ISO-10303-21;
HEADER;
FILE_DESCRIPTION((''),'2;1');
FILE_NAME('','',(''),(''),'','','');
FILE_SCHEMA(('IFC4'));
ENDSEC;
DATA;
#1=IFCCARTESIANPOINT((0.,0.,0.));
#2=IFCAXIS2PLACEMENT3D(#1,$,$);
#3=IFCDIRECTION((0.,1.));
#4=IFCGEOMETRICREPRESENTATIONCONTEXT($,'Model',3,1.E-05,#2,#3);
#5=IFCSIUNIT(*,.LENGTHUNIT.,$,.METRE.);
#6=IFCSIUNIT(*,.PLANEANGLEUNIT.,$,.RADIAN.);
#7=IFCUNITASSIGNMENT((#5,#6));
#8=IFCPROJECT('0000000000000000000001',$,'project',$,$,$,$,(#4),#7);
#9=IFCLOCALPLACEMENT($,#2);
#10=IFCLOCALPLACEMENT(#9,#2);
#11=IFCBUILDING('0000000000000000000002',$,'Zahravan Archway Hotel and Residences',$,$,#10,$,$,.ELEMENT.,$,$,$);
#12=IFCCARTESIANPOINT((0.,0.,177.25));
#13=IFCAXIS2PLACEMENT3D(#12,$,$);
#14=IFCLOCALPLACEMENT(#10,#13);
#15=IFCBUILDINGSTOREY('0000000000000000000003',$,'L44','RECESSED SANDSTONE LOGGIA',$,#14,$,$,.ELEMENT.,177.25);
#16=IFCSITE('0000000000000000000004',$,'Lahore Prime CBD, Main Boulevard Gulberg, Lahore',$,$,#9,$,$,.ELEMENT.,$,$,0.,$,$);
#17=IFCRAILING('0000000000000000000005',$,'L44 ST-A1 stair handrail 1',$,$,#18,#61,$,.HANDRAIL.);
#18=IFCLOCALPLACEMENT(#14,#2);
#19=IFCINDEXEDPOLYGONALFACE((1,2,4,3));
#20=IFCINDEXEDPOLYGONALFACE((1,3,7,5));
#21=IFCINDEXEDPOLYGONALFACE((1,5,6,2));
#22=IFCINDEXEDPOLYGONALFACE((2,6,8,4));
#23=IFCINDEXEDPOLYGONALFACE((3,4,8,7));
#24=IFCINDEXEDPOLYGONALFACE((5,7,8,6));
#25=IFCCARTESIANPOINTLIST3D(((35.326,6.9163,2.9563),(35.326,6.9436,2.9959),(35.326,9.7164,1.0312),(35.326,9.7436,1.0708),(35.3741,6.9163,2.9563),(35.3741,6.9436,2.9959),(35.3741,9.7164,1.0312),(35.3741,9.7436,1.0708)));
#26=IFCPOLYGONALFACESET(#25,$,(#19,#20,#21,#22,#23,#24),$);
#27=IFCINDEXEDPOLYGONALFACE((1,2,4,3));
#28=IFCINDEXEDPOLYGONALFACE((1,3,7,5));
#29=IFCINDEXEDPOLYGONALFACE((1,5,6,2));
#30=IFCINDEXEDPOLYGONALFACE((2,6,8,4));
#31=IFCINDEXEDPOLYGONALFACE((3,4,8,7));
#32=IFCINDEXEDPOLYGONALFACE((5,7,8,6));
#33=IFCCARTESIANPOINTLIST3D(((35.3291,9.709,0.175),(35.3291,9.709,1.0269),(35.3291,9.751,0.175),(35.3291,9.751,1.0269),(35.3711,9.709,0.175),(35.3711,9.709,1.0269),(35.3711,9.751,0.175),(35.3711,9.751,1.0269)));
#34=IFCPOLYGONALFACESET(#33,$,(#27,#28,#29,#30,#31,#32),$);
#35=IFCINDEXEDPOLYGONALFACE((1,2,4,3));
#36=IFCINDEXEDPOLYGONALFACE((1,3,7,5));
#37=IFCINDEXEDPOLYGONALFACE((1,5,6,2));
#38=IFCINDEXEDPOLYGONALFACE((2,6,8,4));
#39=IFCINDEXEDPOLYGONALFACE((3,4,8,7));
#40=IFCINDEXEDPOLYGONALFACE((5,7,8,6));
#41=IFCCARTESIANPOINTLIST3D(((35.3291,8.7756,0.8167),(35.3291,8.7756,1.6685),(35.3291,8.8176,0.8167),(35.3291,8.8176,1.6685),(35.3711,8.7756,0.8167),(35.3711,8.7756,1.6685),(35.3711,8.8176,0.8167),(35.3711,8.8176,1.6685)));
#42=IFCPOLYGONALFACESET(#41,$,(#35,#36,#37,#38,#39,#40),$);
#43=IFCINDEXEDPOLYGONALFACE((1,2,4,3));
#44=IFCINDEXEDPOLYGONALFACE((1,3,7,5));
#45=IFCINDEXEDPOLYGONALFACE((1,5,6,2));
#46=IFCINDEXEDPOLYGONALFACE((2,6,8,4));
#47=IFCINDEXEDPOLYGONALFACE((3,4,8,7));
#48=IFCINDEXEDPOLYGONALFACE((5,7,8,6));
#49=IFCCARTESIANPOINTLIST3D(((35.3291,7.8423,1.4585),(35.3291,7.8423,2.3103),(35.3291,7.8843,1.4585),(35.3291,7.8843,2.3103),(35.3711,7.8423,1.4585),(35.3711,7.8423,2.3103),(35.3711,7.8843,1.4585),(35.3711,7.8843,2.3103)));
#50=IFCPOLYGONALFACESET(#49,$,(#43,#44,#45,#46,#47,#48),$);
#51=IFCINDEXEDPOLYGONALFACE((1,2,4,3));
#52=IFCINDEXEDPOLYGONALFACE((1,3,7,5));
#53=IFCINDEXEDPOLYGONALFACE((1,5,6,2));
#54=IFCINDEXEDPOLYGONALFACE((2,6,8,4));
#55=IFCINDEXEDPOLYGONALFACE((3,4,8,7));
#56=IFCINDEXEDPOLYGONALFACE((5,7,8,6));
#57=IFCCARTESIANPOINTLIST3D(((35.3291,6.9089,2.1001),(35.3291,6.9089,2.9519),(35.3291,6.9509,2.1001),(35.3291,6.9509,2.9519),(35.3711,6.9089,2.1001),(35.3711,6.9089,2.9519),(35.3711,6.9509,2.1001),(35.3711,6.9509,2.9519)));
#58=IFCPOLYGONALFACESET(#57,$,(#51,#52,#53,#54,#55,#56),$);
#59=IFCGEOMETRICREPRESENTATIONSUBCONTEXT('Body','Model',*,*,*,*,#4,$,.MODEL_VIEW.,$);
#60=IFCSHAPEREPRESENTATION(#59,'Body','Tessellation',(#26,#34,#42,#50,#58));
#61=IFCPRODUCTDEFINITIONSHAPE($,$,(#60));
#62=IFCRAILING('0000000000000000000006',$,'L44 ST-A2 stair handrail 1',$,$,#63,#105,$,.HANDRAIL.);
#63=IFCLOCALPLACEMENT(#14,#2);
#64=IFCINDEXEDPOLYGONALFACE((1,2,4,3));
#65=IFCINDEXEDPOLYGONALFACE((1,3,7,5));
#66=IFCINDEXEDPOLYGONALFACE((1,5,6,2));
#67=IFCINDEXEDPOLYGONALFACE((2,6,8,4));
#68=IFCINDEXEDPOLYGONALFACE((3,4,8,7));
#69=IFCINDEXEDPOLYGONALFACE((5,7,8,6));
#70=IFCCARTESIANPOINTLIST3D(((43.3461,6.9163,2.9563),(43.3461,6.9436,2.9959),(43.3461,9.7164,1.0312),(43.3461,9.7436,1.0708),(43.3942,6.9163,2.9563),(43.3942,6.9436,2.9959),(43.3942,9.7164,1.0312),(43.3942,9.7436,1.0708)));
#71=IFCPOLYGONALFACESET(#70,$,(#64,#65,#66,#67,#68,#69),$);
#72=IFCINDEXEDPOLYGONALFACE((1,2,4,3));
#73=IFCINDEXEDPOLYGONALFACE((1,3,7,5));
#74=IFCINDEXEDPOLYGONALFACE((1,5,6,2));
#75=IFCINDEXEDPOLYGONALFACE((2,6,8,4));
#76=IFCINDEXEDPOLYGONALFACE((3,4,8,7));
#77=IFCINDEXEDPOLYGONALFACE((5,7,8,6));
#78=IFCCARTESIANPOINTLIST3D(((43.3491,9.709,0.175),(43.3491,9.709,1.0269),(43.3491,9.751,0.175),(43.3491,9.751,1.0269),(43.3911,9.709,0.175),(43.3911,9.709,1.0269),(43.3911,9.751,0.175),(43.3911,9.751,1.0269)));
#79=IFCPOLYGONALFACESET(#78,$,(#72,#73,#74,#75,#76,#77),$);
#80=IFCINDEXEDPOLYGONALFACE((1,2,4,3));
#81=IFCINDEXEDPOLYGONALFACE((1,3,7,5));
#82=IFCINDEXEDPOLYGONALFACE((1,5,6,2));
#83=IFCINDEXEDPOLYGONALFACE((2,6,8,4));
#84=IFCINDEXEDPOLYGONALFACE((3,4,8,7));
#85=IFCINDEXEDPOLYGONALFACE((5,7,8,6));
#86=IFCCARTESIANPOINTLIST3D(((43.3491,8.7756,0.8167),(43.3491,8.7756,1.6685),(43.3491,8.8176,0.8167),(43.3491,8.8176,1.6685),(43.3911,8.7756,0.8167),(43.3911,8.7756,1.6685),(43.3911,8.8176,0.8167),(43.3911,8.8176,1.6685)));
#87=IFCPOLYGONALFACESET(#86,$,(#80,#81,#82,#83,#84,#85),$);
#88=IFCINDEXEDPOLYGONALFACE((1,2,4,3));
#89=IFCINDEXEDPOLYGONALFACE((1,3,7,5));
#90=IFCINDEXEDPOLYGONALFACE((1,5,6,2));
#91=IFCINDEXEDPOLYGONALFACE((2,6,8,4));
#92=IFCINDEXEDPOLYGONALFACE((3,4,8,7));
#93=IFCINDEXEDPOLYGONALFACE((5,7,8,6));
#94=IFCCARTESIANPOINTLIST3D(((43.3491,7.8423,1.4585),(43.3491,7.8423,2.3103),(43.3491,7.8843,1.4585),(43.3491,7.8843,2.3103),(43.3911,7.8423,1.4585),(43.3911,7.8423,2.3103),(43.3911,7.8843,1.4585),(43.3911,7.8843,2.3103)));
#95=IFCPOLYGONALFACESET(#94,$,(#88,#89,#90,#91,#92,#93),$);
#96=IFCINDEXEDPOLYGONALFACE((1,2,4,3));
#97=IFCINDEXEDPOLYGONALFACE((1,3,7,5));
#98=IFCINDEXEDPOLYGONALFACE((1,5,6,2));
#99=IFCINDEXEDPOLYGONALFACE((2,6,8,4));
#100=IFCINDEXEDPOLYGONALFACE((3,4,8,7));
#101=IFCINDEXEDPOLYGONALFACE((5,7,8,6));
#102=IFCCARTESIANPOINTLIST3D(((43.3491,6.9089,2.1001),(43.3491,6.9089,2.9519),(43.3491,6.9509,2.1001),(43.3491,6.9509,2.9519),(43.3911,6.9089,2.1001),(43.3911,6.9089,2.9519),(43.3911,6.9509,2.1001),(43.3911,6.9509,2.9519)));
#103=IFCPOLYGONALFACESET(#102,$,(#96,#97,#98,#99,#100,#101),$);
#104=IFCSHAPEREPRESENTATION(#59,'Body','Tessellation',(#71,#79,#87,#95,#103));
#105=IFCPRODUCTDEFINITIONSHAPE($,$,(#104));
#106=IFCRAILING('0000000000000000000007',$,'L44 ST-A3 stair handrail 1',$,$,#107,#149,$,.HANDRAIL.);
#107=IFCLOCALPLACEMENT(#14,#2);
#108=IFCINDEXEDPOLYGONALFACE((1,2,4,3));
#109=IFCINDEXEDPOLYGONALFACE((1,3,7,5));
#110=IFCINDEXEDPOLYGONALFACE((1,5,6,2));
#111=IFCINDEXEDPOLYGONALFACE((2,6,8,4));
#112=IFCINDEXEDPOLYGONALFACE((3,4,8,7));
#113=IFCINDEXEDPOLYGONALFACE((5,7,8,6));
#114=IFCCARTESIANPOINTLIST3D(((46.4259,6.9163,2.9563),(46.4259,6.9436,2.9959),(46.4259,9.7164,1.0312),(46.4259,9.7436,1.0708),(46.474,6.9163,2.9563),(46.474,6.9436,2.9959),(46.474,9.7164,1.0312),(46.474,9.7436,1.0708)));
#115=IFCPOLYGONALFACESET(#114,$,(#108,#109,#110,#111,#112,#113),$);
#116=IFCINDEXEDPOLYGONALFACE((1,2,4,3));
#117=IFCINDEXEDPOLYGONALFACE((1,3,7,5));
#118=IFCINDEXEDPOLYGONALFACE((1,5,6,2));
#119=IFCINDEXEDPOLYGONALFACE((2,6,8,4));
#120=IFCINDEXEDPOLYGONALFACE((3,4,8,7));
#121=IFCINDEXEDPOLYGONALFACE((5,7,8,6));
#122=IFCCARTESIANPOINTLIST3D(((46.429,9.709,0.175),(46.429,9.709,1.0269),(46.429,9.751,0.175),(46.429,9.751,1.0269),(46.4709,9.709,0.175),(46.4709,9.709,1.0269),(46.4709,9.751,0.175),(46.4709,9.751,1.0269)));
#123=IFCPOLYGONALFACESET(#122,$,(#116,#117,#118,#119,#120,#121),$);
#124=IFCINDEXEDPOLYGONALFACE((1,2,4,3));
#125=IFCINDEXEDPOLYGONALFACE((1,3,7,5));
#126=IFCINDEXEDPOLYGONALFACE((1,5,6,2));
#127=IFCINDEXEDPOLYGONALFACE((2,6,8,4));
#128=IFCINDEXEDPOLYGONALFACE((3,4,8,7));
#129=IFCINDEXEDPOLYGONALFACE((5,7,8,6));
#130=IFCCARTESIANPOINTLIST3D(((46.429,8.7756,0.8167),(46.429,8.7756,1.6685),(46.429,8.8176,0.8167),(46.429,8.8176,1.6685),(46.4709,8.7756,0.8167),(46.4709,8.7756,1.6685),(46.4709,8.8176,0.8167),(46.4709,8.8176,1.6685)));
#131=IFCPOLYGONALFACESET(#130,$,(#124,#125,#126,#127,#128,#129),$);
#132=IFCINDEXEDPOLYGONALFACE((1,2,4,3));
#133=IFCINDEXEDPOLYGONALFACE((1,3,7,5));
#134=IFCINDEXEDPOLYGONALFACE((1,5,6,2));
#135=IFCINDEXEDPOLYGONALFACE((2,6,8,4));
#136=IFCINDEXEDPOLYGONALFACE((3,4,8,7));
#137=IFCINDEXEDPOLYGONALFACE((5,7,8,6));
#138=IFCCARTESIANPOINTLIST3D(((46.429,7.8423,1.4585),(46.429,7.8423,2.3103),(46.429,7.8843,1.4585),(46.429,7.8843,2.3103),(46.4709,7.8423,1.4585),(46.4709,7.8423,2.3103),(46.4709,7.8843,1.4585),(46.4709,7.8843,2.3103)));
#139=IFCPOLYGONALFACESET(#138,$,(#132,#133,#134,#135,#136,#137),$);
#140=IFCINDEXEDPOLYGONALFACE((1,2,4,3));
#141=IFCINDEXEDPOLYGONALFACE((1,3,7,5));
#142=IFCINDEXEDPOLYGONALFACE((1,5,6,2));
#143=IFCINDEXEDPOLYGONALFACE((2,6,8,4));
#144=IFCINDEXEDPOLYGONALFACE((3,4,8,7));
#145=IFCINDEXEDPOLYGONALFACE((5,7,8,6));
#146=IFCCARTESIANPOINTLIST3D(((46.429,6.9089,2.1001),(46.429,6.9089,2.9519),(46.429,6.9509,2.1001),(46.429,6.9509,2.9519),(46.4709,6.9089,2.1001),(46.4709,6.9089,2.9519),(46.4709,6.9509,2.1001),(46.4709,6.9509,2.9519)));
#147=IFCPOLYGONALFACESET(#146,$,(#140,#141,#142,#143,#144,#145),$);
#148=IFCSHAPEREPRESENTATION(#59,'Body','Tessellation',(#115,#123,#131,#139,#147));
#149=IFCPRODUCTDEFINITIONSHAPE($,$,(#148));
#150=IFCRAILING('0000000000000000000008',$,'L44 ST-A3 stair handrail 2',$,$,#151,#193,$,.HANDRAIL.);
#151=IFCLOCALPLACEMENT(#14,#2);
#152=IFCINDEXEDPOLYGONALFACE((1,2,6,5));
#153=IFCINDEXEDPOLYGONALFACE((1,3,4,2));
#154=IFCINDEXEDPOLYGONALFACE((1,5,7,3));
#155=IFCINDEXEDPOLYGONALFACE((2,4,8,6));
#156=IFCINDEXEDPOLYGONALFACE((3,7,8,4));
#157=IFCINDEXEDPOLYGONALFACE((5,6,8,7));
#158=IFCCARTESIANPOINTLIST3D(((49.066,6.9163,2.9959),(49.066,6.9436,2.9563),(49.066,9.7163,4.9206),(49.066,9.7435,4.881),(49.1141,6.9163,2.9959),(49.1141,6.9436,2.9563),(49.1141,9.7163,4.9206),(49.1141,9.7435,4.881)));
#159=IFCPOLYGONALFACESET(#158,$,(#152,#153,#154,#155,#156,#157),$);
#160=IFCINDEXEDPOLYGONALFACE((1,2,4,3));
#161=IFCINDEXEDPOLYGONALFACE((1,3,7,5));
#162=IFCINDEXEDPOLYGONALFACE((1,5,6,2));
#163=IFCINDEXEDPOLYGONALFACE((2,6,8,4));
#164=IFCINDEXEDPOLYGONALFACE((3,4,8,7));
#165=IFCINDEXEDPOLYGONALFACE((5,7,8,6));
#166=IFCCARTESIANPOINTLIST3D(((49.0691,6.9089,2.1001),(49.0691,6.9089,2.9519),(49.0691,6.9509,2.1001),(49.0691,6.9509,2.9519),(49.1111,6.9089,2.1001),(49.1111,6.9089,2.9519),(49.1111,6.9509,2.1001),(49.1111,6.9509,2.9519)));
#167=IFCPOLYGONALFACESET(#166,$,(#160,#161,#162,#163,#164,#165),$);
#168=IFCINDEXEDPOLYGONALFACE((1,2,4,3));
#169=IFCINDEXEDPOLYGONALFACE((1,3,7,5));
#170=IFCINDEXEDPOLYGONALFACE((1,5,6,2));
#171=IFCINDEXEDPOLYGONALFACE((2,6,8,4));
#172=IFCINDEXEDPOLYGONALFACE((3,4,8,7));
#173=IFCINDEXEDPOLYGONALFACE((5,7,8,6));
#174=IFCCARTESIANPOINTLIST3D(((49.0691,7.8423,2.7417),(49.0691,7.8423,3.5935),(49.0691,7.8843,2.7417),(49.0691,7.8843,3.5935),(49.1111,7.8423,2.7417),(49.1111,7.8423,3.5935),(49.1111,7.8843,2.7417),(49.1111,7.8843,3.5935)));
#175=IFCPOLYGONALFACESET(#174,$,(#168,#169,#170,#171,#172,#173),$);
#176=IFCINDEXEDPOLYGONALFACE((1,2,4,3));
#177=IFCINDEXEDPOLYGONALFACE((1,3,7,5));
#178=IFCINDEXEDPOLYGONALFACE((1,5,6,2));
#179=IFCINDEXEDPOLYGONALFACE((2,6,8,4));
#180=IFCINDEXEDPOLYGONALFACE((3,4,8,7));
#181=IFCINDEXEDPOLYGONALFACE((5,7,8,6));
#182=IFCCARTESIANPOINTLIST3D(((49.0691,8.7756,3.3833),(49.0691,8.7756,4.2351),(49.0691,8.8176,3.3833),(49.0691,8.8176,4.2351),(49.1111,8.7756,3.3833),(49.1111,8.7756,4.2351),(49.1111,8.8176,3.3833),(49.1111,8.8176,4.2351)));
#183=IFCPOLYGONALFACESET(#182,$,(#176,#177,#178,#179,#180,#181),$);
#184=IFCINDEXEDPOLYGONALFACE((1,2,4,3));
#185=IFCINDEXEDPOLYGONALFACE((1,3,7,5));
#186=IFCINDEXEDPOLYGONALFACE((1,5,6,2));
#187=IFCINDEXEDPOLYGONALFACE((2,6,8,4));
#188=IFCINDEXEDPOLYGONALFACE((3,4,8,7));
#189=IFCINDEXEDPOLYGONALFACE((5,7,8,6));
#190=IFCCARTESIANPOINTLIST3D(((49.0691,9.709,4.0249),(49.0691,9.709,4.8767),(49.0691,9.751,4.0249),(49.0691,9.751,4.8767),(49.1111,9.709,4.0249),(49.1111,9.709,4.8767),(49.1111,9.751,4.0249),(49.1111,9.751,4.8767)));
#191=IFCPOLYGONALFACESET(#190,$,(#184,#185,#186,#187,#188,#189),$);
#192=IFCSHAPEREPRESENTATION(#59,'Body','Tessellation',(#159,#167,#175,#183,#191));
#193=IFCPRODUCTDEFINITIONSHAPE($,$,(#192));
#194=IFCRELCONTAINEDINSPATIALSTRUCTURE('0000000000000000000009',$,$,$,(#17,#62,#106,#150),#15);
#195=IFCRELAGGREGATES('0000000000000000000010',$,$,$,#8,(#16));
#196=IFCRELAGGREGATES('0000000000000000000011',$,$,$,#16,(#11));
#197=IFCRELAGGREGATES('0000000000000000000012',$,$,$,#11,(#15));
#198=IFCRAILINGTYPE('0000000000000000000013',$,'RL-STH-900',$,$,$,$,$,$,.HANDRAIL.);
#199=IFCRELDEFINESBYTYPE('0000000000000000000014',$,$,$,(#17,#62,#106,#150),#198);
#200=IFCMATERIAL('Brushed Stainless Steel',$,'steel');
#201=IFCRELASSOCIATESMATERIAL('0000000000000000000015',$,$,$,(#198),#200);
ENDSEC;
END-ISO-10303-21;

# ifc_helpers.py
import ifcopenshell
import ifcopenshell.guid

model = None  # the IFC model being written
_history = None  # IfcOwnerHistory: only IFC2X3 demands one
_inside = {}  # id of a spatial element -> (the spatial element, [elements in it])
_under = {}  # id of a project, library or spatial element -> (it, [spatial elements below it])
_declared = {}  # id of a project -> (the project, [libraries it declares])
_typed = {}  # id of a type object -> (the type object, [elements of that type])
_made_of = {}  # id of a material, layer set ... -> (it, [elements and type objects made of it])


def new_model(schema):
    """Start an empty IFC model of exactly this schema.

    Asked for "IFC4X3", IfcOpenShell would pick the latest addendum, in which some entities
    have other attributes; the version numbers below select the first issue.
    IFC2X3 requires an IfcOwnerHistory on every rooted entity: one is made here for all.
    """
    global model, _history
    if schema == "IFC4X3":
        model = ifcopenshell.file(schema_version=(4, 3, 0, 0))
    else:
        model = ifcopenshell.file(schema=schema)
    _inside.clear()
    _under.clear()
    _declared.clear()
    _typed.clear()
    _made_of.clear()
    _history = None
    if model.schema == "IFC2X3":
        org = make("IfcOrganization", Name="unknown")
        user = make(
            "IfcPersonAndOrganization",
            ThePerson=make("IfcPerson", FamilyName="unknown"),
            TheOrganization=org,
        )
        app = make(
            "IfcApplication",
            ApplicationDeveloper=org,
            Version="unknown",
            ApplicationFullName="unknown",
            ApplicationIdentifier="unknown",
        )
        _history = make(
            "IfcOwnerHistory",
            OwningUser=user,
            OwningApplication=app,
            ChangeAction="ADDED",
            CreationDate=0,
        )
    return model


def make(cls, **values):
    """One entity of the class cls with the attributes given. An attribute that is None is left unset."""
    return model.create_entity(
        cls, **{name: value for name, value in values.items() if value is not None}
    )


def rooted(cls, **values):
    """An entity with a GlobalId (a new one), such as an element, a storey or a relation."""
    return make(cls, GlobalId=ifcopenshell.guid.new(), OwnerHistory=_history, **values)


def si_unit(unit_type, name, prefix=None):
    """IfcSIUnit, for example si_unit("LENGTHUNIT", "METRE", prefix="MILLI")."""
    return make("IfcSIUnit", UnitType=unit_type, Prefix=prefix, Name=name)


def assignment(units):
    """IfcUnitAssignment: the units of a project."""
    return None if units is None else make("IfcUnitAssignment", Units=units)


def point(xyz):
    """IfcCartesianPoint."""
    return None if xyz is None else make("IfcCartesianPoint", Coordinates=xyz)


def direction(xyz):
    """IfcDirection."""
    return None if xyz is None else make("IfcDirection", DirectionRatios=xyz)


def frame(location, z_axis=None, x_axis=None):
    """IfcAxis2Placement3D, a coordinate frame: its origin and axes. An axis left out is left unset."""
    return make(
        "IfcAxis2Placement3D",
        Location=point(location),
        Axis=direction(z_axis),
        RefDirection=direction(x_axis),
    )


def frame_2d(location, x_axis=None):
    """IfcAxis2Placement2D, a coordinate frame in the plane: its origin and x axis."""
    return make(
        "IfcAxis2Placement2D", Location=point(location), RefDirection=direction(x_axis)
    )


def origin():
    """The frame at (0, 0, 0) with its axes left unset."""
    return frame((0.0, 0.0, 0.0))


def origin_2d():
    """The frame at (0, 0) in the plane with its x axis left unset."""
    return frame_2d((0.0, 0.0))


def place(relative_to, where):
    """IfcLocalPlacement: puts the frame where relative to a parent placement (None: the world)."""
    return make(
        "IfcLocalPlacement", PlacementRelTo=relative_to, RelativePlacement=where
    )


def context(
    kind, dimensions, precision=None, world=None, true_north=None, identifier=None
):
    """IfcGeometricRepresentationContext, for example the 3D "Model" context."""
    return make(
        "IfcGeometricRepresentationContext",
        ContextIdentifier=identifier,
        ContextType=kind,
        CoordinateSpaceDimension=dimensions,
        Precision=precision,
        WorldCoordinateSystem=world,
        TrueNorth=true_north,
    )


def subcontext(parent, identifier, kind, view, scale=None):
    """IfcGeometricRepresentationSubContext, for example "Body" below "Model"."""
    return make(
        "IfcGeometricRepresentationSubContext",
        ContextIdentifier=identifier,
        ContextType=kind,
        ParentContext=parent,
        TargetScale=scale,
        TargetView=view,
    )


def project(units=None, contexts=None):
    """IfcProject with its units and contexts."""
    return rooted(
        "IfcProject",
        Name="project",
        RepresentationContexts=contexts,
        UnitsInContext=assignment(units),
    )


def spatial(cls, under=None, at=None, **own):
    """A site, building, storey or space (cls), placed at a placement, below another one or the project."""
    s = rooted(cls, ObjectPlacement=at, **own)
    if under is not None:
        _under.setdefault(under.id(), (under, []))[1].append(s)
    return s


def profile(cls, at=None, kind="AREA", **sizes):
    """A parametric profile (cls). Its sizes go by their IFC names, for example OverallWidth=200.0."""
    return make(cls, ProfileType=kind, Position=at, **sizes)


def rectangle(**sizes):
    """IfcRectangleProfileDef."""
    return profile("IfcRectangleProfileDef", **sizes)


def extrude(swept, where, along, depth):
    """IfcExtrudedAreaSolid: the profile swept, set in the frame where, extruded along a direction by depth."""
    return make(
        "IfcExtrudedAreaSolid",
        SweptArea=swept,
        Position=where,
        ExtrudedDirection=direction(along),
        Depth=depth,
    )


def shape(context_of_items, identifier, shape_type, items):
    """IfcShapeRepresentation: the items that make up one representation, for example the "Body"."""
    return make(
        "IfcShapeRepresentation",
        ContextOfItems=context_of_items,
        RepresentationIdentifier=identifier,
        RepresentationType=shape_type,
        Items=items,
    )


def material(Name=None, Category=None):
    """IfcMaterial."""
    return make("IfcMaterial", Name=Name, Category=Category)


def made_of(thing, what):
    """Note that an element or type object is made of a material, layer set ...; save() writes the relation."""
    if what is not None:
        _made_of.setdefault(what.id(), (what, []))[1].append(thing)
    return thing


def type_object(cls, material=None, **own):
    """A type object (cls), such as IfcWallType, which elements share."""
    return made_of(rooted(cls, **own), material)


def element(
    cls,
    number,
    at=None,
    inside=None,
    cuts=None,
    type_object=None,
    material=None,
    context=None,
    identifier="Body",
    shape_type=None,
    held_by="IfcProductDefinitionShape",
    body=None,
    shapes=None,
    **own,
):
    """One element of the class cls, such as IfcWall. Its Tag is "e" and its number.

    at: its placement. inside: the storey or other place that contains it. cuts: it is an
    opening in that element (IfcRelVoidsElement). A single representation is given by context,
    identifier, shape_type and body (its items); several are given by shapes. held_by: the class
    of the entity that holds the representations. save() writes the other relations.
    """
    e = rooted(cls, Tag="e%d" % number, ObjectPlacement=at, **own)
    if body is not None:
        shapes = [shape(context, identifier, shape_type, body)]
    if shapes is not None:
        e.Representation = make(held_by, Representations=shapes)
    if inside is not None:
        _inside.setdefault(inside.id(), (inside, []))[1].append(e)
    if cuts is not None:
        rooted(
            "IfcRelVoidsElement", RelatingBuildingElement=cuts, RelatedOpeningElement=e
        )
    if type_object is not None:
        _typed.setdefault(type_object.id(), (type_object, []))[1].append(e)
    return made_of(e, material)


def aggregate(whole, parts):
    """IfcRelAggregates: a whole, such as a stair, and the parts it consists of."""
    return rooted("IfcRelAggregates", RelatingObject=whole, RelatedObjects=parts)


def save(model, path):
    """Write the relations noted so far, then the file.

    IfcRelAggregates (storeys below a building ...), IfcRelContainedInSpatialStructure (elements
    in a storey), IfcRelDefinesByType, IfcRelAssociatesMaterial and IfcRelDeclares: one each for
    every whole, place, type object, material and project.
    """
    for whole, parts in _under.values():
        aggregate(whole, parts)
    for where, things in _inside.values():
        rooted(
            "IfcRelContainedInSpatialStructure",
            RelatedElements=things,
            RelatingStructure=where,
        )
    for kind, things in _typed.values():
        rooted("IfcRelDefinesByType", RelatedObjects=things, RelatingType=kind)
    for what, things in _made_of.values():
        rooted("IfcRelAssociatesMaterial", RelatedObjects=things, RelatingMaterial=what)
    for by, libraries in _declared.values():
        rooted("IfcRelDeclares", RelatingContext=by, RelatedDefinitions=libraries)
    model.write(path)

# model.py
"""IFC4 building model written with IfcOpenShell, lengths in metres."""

from ifc_helpers import new_model, si_unit, direction, frame, origin, origin_2d, place, context, subcontext, project, spatial, rectangle, extrude, material, type_object, element, save


model = new_model("IFC4")

# Units and contexts
model_context = context("Model", 3, precision=1e-05, world=origin(), true_north=direction((0.0, 1.0)))
body_context = subcontext(model_context, "Body", "Model", "MODEL_VIEW")
ifc_project = project(units=[si_unit("LENGTHUNIT", "METRE"), si_unit("PLANEANGLEUNIT", "RADIAN")], contexts=[model_context])

# Site, building, storey
site_placement = place(None, origin())
site = spatial("IfcSite", under=ifc_project, at=site_placement, Name="Lahore Prime CBD, Main Boulevard Gulberg, Lahore", CompositionType="ELEMENT", RefElevation=0.0)
building_placement = place(site_placement, origin())
building = spatial("IfcBuilding", under=site, at=building_placement, Name="Zahravan Archway Hotel and Residences", CompositionType="ELEMENT")
storey_placement = place(building_placement, frame((0.0, 0.0, 177.25)))
storey = spatial("IfcBuildingStorey", under=building, at=storey_placement, Name="L44", Description="RECESSED SANDSTONE LOGGIA", CompositionType="ELEMENT", Elevation=177.25)

# Railings
ifc_material_1 = material(Name="Brushed Stainless Steel", Category="steel")
railing_type_1 = type_object("IfcRailingType", Name="RL-STH-900", PredefinedType="HANDRAIL", material=ifc_material_1)
for number, where, name in (
    (1, (35.3501, 9.73, 0.175), "L44 ST-A1 stair handrail 1"),
    (2, (43.3701, 9.73, 0.175), "L44 ST-A2 stair handrail 1"),
    (3, (46.45, 9.73, 0.175), "L44 ST-A3 stair handrail 1"),
):
    element("IfcRailing", number, at=place(storey_placement, frame(where)), inside=storey, type_object=railing_type_1, Name=name, PredefinedType="HANDRAIL", context=body_context, shape_type="SweptSolid", body=[
        extrude(rectangle(XDim=0.0481, YDim=0.0481, at=origin_2d()), frame((0.0, 0.0, 0.876), z_axis=(0.0, -0.82404, 0.566532), x_axis=(1.0, 0.0, 0.0)), (0.0, 0.0, 1.0), 3.3979),
        extrude(rectangle(XDim=0.042, YDim=0.042, at=origin_2d()), origin(), (0.0, 0.0, 1.0), 0.8518),
        extrude(rectangle(XDim=0.042, YDim=0.042, at=origin_2d()), frame((0.0, -0.9333, 0.6416)), (0.0, 0.0, 1.0), 0.8518),
        extrude(rectangle(XDim=0.042, YDim=0.042, at=origin_2d()), frame((0.0, -1.8667, 1.2834)), (0.0, 0.0, 1.0), 0.8518),
        extrude(rectangle(XDim=0.042, YDim=0.042, at=origin_2d()), frame((0.0, -2.8, 1.925)), (0.0, 0.0, 1.0), 0.8518),
    ])
railing_1_placement = place(storey_placement, frame((49.0901, 6.9299, 2.1001)))
element("IfcRailing", 4, at=railing_1_placement, inside=storey, type_object=railing_type_1, Name="L44 ST-A3 stair handrail 2", PredefinedType="HANDRAIL", context=body_context, shape_type="SweptSolid", body=[
    extrude(rectangle(XDim=0.0481, YDim=0.0481, at=origin_2d()), frame((0.0, 0.0, 0.876), z_axis=(0.0, 0.824073, 0.566483), x_axis=(-1.0, 0.0, 0.0)), (0.0, 0.0, 1.0), 3.3977),
    extrude(rectangle(XDim=0.042, YDim=0.042, at=origin_2d()), origin(), (0.0, 0.0, 1.0), 0.8518),
    extrude(rectangle(XDim=0.042, YDim=0.042, at=origin_2d()), frame((0.0, 0.9333, 0.6416)), (0.0, 0.0, 1.0), 0.8518),
    extrude(rectangle(XDim=0.042, YDim=0.042, at=origin_2d()), frame((0.0, 1.8667, 1.2832)), (0.0, 0.0, 1.0), 0.8518),
    extrude(rectangle(XDim=0.042, YDim=0.042, at=origin_2d()), frame((0.0, 2.8, 1.9248)), (0.0, 0.0, 1.0), 0.8518),
])

save(model, "model.ifc")
